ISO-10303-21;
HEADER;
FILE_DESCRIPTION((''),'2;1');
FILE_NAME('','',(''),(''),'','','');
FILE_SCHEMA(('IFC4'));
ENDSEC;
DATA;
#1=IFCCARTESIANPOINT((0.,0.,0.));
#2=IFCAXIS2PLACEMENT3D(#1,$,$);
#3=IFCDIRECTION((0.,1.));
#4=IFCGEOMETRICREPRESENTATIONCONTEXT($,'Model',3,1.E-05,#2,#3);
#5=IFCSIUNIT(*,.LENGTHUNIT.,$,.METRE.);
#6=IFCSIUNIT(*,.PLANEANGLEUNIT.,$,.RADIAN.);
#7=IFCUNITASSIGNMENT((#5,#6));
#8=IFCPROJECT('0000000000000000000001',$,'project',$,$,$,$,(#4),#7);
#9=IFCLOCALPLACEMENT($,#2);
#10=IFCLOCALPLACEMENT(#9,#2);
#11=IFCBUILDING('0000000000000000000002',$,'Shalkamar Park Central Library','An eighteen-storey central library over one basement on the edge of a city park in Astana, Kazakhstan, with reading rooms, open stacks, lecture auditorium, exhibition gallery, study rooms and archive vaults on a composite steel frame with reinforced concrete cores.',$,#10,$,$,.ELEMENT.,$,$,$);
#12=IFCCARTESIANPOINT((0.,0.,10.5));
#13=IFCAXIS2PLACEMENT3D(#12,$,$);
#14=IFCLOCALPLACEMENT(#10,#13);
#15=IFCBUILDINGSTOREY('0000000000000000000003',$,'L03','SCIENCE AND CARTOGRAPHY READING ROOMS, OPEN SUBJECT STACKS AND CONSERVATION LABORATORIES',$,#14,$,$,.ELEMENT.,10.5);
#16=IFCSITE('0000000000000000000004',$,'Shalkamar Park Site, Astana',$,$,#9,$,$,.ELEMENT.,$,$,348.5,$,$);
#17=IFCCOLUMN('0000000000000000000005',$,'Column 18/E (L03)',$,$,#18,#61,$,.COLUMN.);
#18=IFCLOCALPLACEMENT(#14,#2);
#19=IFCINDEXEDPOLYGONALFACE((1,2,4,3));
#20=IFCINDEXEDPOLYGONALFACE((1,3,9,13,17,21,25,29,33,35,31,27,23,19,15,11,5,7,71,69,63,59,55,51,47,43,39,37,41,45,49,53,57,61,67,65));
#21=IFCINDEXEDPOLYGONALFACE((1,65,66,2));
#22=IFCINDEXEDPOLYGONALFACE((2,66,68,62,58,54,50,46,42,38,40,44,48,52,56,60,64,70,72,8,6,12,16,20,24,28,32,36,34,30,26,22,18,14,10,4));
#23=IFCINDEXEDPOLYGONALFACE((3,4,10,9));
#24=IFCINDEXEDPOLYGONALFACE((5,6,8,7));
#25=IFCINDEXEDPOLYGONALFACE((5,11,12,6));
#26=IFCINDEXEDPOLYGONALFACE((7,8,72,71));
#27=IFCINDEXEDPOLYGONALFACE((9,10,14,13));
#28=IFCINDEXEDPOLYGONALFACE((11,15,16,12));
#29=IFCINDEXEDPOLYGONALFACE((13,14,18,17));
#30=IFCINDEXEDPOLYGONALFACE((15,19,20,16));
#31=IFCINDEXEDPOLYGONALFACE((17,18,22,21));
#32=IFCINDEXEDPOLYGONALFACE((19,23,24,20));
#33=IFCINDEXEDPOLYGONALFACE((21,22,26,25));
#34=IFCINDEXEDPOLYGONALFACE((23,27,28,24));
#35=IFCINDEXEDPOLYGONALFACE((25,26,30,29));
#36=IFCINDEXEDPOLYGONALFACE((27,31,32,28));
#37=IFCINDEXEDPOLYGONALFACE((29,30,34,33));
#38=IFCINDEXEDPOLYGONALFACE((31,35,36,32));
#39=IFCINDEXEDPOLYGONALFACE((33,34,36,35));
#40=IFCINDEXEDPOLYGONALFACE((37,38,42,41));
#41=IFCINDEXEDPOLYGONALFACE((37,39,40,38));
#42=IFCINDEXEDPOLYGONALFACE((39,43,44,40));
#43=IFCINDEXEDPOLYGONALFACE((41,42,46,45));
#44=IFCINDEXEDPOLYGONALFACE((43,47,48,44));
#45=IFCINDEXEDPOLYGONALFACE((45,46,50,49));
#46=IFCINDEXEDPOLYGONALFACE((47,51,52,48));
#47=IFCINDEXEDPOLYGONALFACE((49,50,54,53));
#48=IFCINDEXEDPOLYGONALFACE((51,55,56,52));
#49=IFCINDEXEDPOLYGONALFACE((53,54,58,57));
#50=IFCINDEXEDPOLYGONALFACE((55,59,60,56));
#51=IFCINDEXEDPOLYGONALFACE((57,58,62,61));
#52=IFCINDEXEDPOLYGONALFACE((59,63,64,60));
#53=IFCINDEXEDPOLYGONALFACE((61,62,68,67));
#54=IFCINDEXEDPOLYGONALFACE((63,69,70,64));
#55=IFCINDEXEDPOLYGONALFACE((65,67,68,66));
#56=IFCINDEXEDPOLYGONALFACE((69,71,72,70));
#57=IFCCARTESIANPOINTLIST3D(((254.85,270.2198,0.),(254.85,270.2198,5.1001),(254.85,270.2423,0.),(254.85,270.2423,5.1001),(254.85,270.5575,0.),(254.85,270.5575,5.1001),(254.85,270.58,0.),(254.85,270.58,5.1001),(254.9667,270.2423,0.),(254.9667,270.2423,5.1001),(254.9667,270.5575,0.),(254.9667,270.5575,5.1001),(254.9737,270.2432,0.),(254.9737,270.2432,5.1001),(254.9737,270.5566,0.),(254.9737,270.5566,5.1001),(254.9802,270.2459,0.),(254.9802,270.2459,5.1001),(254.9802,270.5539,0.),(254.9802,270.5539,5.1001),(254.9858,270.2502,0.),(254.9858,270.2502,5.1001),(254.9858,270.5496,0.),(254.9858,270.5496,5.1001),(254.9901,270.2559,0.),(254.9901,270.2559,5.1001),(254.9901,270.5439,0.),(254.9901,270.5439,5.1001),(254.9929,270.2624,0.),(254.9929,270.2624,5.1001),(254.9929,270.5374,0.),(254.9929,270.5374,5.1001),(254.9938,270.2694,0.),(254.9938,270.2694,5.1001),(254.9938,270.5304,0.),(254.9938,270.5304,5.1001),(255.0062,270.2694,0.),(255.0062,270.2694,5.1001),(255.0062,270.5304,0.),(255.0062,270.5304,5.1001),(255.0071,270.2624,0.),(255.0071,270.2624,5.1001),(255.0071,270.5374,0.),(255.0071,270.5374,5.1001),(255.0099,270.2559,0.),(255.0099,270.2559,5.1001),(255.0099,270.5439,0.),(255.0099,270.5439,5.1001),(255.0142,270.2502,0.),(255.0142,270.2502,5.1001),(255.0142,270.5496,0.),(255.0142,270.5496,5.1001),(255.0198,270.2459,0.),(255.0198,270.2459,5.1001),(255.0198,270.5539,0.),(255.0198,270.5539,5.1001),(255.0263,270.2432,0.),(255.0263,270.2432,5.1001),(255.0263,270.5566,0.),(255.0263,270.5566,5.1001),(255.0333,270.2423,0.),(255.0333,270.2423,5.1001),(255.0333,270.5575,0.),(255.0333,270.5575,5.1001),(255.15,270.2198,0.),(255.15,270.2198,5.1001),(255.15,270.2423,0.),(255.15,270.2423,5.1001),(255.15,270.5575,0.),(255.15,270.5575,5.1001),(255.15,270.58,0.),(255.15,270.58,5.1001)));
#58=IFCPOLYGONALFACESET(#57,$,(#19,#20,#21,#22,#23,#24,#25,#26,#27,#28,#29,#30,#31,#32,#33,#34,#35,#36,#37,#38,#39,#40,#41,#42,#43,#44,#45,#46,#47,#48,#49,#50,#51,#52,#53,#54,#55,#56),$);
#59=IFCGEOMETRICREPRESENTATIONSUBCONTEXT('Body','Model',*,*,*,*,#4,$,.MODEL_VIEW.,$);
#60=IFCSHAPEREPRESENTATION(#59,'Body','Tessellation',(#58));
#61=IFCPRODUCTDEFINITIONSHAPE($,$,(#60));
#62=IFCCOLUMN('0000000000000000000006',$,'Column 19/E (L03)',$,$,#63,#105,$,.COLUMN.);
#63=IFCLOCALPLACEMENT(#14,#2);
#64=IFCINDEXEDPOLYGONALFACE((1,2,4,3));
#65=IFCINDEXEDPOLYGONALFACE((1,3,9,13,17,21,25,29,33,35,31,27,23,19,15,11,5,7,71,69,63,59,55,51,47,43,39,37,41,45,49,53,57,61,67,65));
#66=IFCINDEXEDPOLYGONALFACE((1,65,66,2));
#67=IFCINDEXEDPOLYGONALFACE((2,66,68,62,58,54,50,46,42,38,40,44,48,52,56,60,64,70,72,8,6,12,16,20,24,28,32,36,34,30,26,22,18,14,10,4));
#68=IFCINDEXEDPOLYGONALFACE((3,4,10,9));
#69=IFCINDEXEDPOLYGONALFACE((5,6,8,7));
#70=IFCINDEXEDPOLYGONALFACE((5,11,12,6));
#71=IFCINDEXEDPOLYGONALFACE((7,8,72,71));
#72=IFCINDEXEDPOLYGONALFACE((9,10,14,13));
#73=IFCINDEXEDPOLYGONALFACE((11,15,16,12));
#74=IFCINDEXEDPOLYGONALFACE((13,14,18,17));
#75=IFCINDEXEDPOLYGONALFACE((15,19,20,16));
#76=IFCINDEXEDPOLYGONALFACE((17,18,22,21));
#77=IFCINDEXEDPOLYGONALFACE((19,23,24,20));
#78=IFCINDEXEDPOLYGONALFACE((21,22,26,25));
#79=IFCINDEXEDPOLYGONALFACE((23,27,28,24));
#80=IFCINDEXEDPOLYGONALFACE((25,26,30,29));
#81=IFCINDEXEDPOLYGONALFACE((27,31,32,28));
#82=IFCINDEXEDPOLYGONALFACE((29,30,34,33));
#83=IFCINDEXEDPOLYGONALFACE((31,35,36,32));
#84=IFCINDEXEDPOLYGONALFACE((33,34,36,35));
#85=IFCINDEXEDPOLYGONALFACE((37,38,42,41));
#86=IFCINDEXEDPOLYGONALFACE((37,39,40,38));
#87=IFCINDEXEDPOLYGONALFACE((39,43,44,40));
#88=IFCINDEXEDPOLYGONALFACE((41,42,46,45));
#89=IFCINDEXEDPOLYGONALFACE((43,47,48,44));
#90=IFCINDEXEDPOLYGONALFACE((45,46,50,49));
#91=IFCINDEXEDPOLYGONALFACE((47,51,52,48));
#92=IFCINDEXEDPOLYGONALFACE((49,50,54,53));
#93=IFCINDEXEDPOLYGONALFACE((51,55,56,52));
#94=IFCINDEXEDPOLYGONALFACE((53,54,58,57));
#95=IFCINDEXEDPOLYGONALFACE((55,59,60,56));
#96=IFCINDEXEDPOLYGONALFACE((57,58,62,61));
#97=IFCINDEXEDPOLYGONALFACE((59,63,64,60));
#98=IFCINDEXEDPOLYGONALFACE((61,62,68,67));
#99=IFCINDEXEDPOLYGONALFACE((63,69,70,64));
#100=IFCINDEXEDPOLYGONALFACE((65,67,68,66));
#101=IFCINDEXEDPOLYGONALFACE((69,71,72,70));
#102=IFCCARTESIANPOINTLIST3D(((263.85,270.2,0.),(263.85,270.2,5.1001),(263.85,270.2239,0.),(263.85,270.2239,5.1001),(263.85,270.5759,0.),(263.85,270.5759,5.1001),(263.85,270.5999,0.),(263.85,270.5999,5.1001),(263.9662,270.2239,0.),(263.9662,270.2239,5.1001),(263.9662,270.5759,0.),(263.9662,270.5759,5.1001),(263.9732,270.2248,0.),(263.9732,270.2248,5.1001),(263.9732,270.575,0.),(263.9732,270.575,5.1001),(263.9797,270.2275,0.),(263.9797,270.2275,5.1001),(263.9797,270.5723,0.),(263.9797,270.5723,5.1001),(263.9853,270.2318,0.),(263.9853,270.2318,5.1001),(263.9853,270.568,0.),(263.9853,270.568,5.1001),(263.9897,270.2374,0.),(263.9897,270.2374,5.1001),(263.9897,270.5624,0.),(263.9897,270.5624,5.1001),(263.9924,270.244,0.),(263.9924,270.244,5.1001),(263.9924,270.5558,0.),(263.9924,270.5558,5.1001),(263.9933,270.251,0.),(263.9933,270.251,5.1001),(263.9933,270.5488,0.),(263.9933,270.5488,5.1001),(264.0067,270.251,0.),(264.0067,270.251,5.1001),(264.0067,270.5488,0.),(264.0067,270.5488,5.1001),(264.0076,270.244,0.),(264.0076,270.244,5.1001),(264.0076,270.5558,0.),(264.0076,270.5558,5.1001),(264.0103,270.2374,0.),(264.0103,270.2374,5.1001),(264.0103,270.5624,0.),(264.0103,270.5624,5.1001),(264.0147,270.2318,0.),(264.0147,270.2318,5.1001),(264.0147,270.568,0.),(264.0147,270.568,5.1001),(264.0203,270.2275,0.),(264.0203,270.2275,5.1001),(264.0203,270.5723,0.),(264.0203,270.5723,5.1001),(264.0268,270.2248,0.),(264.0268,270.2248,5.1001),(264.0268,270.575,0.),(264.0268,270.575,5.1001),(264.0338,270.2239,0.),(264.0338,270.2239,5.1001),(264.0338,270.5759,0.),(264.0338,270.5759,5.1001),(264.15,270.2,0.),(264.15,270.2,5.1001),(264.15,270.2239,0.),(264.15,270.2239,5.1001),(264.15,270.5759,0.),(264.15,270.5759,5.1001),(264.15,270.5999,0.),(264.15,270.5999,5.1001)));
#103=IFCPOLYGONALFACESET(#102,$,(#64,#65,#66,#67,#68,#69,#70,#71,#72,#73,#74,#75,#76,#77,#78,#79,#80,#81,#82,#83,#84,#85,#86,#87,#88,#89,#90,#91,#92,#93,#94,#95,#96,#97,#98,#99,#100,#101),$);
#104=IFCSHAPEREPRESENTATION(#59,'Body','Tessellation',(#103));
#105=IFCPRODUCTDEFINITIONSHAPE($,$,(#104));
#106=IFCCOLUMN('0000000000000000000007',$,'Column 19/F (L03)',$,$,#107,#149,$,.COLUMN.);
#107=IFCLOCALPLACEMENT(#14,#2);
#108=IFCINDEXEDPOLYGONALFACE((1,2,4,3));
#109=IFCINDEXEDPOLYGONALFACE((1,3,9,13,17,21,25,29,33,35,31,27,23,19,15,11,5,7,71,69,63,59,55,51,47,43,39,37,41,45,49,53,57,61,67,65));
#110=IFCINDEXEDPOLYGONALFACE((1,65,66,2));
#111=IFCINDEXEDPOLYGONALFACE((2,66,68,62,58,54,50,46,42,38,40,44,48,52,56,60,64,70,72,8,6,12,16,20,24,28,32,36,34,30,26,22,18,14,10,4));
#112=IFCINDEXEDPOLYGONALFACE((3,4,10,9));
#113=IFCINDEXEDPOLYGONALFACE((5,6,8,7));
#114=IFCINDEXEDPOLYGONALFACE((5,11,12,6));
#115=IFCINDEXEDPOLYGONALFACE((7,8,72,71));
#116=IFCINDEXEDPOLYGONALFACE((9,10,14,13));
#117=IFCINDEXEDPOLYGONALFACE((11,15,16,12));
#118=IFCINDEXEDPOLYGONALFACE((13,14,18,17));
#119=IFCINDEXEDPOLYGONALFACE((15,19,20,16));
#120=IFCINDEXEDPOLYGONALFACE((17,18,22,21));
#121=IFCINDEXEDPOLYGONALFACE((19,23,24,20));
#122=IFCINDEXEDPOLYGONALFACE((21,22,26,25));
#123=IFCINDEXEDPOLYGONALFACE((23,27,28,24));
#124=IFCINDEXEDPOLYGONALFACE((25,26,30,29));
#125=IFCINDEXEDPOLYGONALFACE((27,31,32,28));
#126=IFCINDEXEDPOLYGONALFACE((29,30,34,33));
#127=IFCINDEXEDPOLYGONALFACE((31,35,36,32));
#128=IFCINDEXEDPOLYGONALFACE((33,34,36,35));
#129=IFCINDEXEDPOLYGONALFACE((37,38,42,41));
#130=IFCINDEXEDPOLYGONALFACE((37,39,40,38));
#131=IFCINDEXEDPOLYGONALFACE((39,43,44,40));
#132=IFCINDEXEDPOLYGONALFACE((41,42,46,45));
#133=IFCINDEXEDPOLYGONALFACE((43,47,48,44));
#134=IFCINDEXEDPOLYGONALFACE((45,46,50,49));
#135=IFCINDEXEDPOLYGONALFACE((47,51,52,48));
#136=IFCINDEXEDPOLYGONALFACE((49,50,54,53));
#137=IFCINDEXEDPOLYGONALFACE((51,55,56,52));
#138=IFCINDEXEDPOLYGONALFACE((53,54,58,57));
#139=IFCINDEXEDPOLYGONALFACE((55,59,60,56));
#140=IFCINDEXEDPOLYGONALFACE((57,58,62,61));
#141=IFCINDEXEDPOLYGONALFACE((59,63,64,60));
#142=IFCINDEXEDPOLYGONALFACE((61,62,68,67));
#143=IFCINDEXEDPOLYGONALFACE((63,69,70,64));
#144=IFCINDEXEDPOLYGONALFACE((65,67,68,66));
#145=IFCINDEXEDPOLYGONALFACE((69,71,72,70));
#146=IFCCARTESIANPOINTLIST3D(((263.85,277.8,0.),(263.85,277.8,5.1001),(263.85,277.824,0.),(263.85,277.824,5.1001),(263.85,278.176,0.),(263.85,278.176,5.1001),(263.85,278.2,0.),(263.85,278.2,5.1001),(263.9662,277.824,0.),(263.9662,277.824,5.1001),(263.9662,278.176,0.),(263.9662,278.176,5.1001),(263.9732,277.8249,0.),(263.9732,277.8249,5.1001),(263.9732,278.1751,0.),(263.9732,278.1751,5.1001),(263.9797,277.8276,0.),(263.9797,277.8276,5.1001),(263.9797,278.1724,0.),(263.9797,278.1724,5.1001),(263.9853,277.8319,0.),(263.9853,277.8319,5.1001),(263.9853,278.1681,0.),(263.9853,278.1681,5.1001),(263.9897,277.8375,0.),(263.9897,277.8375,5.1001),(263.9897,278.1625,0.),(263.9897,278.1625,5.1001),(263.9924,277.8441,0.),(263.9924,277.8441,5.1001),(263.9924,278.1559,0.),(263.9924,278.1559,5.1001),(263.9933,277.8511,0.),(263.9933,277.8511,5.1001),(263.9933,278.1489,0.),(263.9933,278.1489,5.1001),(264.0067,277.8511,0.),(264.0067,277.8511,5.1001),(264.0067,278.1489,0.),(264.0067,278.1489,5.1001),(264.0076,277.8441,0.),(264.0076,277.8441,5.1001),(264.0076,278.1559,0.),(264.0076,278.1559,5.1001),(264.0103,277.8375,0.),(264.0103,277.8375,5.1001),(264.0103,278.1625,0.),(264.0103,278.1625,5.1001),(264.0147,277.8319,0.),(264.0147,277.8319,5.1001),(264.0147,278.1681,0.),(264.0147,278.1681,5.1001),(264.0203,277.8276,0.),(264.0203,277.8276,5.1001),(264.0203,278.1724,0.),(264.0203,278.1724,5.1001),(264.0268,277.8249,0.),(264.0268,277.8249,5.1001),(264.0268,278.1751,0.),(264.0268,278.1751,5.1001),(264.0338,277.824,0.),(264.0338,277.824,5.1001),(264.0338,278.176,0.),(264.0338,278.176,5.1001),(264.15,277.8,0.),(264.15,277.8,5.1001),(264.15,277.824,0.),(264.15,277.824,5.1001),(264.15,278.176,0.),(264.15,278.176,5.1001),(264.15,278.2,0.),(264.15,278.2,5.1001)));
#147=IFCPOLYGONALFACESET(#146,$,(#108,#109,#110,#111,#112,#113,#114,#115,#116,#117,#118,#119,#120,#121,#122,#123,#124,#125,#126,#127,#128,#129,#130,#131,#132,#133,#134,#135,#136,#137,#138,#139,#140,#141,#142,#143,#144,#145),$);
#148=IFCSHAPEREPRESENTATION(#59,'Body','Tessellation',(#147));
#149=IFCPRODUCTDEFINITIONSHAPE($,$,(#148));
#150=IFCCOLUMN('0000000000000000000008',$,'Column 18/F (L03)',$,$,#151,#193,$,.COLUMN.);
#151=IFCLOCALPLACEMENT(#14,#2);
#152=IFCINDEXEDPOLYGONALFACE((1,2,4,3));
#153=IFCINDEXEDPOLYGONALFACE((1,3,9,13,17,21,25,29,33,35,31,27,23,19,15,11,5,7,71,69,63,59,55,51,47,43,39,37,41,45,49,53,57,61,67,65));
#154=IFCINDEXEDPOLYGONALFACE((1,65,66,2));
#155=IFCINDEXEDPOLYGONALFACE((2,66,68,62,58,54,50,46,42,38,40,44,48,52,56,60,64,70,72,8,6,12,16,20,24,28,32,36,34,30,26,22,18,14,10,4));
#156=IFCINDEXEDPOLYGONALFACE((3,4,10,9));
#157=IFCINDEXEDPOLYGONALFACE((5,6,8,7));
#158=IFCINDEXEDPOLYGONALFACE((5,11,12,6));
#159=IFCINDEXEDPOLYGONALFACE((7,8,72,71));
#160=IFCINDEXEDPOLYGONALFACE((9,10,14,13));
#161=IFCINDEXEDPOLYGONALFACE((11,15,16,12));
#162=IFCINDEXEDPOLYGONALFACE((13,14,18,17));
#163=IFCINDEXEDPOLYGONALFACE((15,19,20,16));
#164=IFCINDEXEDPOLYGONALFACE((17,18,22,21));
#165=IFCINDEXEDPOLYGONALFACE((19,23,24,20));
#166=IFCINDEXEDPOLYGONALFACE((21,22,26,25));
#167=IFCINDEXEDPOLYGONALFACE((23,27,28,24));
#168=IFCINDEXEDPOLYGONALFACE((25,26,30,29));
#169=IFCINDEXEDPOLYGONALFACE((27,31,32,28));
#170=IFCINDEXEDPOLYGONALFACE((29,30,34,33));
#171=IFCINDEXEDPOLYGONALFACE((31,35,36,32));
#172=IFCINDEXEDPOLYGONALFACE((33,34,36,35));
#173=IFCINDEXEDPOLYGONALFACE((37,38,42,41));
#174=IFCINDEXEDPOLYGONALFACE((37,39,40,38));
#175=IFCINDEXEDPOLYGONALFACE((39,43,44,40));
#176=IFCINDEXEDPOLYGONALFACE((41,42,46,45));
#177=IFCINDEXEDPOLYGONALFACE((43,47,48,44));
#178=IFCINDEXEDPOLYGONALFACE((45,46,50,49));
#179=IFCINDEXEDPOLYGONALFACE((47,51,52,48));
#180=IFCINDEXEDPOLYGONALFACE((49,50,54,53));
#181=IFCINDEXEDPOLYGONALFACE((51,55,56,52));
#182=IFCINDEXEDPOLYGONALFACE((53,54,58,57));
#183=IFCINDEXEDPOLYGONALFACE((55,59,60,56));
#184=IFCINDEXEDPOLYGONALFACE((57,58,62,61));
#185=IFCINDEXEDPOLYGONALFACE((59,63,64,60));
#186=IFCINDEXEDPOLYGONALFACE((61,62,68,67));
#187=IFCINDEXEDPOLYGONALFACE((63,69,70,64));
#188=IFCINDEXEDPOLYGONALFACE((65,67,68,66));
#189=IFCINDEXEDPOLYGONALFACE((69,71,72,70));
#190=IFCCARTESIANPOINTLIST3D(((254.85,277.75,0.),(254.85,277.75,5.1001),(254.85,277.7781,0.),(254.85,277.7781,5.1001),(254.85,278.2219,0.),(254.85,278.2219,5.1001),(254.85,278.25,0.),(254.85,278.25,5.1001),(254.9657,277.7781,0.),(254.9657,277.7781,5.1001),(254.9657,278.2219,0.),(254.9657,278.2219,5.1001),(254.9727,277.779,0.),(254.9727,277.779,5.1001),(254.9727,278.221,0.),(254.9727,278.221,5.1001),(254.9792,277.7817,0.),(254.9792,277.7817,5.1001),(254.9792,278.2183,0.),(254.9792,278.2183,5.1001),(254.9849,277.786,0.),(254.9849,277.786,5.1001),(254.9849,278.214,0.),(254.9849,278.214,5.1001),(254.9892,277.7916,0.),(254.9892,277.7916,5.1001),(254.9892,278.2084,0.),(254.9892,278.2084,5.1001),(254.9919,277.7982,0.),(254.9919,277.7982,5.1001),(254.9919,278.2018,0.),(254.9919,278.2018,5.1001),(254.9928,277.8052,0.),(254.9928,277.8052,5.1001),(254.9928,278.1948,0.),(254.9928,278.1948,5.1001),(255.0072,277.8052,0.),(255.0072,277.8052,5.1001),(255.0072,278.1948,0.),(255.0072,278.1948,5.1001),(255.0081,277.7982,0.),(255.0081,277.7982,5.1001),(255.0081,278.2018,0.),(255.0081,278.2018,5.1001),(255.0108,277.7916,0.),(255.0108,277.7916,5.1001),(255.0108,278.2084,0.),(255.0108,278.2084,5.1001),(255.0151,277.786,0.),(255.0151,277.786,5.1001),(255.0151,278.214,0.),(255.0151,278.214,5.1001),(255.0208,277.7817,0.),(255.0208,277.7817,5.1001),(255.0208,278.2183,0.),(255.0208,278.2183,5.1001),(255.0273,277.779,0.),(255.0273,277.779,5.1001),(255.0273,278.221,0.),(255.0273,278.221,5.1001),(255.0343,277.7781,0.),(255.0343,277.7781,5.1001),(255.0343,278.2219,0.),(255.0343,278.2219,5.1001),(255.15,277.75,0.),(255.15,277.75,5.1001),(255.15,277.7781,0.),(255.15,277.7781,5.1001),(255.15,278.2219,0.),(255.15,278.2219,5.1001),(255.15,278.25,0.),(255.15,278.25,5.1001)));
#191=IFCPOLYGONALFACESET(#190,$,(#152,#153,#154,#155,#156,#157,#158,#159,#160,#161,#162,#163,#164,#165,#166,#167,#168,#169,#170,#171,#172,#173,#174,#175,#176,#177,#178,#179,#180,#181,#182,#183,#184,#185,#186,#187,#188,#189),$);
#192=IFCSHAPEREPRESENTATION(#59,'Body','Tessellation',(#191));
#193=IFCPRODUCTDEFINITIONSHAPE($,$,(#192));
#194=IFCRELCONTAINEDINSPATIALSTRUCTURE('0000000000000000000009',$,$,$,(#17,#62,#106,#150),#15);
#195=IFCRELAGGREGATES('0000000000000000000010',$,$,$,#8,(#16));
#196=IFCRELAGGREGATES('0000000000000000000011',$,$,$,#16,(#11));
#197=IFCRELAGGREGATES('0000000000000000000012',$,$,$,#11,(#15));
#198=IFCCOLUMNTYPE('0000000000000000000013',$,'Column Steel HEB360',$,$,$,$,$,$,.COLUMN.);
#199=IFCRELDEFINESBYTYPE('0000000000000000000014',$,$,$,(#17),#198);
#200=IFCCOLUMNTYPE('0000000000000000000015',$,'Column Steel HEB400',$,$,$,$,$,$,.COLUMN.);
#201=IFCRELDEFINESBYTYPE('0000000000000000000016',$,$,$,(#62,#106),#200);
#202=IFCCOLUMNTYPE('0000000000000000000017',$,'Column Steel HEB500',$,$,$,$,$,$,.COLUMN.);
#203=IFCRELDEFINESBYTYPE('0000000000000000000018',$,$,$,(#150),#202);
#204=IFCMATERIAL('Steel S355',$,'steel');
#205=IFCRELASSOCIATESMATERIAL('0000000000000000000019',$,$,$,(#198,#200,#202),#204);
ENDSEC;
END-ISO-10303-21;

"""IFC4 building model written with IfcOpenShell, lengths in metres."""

from ifc_helpers import new_model, si_unit, direction, frame, origin, origin_2d, place, context, subcontext, project, spatial, i_section, extrude, material, material_profile, profile_set, type_object, element, save


model = new_model("IFC4")

# Units and contexts
model_context = context("Model", 3, precision=1e-05, world=origin(), true_north=direction((0.0, 1.0)))
body_context = subcontext(model_context, "Body", "Model", "MODEL_VIEW")
ifc_project = project(units=[si_unit("LENGTHUNIT", "METRE"), si_unit("PLANEANGLEUNIT", "RADIAN")], contexts=[model_context])

# Site, building, storey
site_placement = place(None, origin())
site = spatial("IfcSite", under=ifc_project, at=site_placement, Name="Shalkamar Park Site, Astana", CompositionType="ELEMENT", RefElevation=348.5)
building_placement = place(site_placement, origin())
building = spatial("IfcBuilding", under=site, at=building_placement, Name="Shalkamar Park Central Library", Description="An eighteen-storey central library over one basement on the edge of a city park in Astana, Kazakhstan, with reading rooms, open stacks, lecture auditorium, exhibition gallery, study rooms and archive vaults on a composite steel frame with reinforced concrete cores.", CompositionType="ELEMENT")
storey_placement = place(building_placement, frame((0.0, 0.0, 10.5)))
storey = spatial("IfcBuildingStorey", under=building, at=storey_placement, Name="L03", Description="SCIENCE AND CARTOGRAPHY READING ROOMS, OPEN SUBJECT STACKS AND CONSERVATION LABORATORIES", CompositionType="ELEMENT", Elevation=10.5)

# Columns
ifc_material = material(Name="Steel S355", Category="steel")
ifc_material_profile_1 = material_profile(ifc_material, i_section(OverallWidth=0.3, OverallDepth=0.3601, WebThickness=0.0125, FlangeThickness=0.0225, FilletRadius=0.0271, at=origin_2d()), Name="HEB 360")
ifc_profile_set_1 = profile_set([ifc_material_profile_1], Name="Steel S355")
column_type_1 = type_object("IfcColumnType", Name="Column Steel HEB360", PredefinedType="COLUMN", material=ifc_profile_set_1)
column_placement = place(storey_placement, frame((255.0, 270.3999, 0.0), z_axis=(0.0, 0.0, 1.0), x_axis=(1.0, 0.0, 0.0)))
element("IfcColumn", 1, at=column_placement, inside=storey, type_object=column_type_1, Name="Column 18/E (L03)", PredefinedType="COLUMN", context=body_context, shape_type="SweptSolid", body=[
    extrude(i_section(OverallWidth=0.3, OverallDepth=0.3601, WebThickness=0.0125, FlangeThickness=0.0225, FilletRadius=0.0271, at=origin_2d()), origin(), (0.0, 0.0, 1.0), 5.1001),
])
ifc_material_profile_2 = material_profile(ifc_material, i_section(OverallWidth=0.3, OverallDepth=0.3999, WebThickness=0.0134, FlangeThickness=0.0239, FilletRadius=0.0271, at=origin_2d()), Name="HEB 400")
ifc_profile_set_2 = profile_set([ifc_material_profile_2], Name="Steel S355")
column_type_2 = type_object("IfcColumnType", Name="Column Steel HEB400", PredefinedType="COLUMN", material=ifc_profile_set_2)
for number, where, z_axis, x_axis, name in (
    (2, (264.0, 270.3999, 0.0), (0.0, 0.0, 1.0), (1.0, 0.0, 0.0), "Column 19/E (L03)"),
    (3, (264.0, 278.0, 0.0), (0.0, 0.0, 1.0), (1.0, 0.0, 0.0), "Column 19/F (L03)"),
):
    element("IfcColumn", number, at=place(storey_placement, frame(where, z_axis=z_axis, x_axis=x_axis)), inside=storey, type_object=column_type_2, Name=name, PredefinedType="COLUMN", context=body_context, shape_type="SweptSolid", body=[
        extrude(i_section(OverallWidth=0.3, OverallDepth=0.3999, WebThickness=0.0134, FlangeThickness=0.0239, FilletRadius=0.0271, at=origin_2d()), origin(), (0.0, 0.0, 1.0), 5.1001),
    ])
ifc_material_profile_3 = material_profile(ifc_material, i_section(OverallWidth=0.3, OverallDepth=0.5, WebThickness=0.0144, FlangeThickness=0.0281, FilletRadius=0.0271, at=origin_2d()), Name="HEB 500")
ifc_profile_set_3 = profile_set([ifc_material_profile_3], Name="Steel S355")
column_type_3 = type_object("IfcColumnType", Name="Column Steel HEB500", PredefinedType="COLUMN", material=ifc_profile_set_3)
for number, where, z_axis, x_axis, name in (
    (4, (255.0, 278.0, 0.0), (0.0, 0.0, 1.0), (1.0, 0.0, 0.0), "Column 18/F (L03)"),
):
    element("IfcColumn", number, at=place(storey_placement, frame(where, z_axis=z_axis, x_axis=x_axis)), inside=storey, type_object=column_type_3, Name=name, PredefinedType="COLUMN", context=body_context, shape_type="SweptSolid", body=[
        extrude(i_section(OverallWidth=0.3, OverallDepth=0.5, WebThickness=0.0144, FlangeThickness=0.0281, FilletRadius=0.0271, at=origin_2d()), origin(), (0.0, 0.0, 1.0), 5.1001),
    ])

save(model, "model.ifc")
